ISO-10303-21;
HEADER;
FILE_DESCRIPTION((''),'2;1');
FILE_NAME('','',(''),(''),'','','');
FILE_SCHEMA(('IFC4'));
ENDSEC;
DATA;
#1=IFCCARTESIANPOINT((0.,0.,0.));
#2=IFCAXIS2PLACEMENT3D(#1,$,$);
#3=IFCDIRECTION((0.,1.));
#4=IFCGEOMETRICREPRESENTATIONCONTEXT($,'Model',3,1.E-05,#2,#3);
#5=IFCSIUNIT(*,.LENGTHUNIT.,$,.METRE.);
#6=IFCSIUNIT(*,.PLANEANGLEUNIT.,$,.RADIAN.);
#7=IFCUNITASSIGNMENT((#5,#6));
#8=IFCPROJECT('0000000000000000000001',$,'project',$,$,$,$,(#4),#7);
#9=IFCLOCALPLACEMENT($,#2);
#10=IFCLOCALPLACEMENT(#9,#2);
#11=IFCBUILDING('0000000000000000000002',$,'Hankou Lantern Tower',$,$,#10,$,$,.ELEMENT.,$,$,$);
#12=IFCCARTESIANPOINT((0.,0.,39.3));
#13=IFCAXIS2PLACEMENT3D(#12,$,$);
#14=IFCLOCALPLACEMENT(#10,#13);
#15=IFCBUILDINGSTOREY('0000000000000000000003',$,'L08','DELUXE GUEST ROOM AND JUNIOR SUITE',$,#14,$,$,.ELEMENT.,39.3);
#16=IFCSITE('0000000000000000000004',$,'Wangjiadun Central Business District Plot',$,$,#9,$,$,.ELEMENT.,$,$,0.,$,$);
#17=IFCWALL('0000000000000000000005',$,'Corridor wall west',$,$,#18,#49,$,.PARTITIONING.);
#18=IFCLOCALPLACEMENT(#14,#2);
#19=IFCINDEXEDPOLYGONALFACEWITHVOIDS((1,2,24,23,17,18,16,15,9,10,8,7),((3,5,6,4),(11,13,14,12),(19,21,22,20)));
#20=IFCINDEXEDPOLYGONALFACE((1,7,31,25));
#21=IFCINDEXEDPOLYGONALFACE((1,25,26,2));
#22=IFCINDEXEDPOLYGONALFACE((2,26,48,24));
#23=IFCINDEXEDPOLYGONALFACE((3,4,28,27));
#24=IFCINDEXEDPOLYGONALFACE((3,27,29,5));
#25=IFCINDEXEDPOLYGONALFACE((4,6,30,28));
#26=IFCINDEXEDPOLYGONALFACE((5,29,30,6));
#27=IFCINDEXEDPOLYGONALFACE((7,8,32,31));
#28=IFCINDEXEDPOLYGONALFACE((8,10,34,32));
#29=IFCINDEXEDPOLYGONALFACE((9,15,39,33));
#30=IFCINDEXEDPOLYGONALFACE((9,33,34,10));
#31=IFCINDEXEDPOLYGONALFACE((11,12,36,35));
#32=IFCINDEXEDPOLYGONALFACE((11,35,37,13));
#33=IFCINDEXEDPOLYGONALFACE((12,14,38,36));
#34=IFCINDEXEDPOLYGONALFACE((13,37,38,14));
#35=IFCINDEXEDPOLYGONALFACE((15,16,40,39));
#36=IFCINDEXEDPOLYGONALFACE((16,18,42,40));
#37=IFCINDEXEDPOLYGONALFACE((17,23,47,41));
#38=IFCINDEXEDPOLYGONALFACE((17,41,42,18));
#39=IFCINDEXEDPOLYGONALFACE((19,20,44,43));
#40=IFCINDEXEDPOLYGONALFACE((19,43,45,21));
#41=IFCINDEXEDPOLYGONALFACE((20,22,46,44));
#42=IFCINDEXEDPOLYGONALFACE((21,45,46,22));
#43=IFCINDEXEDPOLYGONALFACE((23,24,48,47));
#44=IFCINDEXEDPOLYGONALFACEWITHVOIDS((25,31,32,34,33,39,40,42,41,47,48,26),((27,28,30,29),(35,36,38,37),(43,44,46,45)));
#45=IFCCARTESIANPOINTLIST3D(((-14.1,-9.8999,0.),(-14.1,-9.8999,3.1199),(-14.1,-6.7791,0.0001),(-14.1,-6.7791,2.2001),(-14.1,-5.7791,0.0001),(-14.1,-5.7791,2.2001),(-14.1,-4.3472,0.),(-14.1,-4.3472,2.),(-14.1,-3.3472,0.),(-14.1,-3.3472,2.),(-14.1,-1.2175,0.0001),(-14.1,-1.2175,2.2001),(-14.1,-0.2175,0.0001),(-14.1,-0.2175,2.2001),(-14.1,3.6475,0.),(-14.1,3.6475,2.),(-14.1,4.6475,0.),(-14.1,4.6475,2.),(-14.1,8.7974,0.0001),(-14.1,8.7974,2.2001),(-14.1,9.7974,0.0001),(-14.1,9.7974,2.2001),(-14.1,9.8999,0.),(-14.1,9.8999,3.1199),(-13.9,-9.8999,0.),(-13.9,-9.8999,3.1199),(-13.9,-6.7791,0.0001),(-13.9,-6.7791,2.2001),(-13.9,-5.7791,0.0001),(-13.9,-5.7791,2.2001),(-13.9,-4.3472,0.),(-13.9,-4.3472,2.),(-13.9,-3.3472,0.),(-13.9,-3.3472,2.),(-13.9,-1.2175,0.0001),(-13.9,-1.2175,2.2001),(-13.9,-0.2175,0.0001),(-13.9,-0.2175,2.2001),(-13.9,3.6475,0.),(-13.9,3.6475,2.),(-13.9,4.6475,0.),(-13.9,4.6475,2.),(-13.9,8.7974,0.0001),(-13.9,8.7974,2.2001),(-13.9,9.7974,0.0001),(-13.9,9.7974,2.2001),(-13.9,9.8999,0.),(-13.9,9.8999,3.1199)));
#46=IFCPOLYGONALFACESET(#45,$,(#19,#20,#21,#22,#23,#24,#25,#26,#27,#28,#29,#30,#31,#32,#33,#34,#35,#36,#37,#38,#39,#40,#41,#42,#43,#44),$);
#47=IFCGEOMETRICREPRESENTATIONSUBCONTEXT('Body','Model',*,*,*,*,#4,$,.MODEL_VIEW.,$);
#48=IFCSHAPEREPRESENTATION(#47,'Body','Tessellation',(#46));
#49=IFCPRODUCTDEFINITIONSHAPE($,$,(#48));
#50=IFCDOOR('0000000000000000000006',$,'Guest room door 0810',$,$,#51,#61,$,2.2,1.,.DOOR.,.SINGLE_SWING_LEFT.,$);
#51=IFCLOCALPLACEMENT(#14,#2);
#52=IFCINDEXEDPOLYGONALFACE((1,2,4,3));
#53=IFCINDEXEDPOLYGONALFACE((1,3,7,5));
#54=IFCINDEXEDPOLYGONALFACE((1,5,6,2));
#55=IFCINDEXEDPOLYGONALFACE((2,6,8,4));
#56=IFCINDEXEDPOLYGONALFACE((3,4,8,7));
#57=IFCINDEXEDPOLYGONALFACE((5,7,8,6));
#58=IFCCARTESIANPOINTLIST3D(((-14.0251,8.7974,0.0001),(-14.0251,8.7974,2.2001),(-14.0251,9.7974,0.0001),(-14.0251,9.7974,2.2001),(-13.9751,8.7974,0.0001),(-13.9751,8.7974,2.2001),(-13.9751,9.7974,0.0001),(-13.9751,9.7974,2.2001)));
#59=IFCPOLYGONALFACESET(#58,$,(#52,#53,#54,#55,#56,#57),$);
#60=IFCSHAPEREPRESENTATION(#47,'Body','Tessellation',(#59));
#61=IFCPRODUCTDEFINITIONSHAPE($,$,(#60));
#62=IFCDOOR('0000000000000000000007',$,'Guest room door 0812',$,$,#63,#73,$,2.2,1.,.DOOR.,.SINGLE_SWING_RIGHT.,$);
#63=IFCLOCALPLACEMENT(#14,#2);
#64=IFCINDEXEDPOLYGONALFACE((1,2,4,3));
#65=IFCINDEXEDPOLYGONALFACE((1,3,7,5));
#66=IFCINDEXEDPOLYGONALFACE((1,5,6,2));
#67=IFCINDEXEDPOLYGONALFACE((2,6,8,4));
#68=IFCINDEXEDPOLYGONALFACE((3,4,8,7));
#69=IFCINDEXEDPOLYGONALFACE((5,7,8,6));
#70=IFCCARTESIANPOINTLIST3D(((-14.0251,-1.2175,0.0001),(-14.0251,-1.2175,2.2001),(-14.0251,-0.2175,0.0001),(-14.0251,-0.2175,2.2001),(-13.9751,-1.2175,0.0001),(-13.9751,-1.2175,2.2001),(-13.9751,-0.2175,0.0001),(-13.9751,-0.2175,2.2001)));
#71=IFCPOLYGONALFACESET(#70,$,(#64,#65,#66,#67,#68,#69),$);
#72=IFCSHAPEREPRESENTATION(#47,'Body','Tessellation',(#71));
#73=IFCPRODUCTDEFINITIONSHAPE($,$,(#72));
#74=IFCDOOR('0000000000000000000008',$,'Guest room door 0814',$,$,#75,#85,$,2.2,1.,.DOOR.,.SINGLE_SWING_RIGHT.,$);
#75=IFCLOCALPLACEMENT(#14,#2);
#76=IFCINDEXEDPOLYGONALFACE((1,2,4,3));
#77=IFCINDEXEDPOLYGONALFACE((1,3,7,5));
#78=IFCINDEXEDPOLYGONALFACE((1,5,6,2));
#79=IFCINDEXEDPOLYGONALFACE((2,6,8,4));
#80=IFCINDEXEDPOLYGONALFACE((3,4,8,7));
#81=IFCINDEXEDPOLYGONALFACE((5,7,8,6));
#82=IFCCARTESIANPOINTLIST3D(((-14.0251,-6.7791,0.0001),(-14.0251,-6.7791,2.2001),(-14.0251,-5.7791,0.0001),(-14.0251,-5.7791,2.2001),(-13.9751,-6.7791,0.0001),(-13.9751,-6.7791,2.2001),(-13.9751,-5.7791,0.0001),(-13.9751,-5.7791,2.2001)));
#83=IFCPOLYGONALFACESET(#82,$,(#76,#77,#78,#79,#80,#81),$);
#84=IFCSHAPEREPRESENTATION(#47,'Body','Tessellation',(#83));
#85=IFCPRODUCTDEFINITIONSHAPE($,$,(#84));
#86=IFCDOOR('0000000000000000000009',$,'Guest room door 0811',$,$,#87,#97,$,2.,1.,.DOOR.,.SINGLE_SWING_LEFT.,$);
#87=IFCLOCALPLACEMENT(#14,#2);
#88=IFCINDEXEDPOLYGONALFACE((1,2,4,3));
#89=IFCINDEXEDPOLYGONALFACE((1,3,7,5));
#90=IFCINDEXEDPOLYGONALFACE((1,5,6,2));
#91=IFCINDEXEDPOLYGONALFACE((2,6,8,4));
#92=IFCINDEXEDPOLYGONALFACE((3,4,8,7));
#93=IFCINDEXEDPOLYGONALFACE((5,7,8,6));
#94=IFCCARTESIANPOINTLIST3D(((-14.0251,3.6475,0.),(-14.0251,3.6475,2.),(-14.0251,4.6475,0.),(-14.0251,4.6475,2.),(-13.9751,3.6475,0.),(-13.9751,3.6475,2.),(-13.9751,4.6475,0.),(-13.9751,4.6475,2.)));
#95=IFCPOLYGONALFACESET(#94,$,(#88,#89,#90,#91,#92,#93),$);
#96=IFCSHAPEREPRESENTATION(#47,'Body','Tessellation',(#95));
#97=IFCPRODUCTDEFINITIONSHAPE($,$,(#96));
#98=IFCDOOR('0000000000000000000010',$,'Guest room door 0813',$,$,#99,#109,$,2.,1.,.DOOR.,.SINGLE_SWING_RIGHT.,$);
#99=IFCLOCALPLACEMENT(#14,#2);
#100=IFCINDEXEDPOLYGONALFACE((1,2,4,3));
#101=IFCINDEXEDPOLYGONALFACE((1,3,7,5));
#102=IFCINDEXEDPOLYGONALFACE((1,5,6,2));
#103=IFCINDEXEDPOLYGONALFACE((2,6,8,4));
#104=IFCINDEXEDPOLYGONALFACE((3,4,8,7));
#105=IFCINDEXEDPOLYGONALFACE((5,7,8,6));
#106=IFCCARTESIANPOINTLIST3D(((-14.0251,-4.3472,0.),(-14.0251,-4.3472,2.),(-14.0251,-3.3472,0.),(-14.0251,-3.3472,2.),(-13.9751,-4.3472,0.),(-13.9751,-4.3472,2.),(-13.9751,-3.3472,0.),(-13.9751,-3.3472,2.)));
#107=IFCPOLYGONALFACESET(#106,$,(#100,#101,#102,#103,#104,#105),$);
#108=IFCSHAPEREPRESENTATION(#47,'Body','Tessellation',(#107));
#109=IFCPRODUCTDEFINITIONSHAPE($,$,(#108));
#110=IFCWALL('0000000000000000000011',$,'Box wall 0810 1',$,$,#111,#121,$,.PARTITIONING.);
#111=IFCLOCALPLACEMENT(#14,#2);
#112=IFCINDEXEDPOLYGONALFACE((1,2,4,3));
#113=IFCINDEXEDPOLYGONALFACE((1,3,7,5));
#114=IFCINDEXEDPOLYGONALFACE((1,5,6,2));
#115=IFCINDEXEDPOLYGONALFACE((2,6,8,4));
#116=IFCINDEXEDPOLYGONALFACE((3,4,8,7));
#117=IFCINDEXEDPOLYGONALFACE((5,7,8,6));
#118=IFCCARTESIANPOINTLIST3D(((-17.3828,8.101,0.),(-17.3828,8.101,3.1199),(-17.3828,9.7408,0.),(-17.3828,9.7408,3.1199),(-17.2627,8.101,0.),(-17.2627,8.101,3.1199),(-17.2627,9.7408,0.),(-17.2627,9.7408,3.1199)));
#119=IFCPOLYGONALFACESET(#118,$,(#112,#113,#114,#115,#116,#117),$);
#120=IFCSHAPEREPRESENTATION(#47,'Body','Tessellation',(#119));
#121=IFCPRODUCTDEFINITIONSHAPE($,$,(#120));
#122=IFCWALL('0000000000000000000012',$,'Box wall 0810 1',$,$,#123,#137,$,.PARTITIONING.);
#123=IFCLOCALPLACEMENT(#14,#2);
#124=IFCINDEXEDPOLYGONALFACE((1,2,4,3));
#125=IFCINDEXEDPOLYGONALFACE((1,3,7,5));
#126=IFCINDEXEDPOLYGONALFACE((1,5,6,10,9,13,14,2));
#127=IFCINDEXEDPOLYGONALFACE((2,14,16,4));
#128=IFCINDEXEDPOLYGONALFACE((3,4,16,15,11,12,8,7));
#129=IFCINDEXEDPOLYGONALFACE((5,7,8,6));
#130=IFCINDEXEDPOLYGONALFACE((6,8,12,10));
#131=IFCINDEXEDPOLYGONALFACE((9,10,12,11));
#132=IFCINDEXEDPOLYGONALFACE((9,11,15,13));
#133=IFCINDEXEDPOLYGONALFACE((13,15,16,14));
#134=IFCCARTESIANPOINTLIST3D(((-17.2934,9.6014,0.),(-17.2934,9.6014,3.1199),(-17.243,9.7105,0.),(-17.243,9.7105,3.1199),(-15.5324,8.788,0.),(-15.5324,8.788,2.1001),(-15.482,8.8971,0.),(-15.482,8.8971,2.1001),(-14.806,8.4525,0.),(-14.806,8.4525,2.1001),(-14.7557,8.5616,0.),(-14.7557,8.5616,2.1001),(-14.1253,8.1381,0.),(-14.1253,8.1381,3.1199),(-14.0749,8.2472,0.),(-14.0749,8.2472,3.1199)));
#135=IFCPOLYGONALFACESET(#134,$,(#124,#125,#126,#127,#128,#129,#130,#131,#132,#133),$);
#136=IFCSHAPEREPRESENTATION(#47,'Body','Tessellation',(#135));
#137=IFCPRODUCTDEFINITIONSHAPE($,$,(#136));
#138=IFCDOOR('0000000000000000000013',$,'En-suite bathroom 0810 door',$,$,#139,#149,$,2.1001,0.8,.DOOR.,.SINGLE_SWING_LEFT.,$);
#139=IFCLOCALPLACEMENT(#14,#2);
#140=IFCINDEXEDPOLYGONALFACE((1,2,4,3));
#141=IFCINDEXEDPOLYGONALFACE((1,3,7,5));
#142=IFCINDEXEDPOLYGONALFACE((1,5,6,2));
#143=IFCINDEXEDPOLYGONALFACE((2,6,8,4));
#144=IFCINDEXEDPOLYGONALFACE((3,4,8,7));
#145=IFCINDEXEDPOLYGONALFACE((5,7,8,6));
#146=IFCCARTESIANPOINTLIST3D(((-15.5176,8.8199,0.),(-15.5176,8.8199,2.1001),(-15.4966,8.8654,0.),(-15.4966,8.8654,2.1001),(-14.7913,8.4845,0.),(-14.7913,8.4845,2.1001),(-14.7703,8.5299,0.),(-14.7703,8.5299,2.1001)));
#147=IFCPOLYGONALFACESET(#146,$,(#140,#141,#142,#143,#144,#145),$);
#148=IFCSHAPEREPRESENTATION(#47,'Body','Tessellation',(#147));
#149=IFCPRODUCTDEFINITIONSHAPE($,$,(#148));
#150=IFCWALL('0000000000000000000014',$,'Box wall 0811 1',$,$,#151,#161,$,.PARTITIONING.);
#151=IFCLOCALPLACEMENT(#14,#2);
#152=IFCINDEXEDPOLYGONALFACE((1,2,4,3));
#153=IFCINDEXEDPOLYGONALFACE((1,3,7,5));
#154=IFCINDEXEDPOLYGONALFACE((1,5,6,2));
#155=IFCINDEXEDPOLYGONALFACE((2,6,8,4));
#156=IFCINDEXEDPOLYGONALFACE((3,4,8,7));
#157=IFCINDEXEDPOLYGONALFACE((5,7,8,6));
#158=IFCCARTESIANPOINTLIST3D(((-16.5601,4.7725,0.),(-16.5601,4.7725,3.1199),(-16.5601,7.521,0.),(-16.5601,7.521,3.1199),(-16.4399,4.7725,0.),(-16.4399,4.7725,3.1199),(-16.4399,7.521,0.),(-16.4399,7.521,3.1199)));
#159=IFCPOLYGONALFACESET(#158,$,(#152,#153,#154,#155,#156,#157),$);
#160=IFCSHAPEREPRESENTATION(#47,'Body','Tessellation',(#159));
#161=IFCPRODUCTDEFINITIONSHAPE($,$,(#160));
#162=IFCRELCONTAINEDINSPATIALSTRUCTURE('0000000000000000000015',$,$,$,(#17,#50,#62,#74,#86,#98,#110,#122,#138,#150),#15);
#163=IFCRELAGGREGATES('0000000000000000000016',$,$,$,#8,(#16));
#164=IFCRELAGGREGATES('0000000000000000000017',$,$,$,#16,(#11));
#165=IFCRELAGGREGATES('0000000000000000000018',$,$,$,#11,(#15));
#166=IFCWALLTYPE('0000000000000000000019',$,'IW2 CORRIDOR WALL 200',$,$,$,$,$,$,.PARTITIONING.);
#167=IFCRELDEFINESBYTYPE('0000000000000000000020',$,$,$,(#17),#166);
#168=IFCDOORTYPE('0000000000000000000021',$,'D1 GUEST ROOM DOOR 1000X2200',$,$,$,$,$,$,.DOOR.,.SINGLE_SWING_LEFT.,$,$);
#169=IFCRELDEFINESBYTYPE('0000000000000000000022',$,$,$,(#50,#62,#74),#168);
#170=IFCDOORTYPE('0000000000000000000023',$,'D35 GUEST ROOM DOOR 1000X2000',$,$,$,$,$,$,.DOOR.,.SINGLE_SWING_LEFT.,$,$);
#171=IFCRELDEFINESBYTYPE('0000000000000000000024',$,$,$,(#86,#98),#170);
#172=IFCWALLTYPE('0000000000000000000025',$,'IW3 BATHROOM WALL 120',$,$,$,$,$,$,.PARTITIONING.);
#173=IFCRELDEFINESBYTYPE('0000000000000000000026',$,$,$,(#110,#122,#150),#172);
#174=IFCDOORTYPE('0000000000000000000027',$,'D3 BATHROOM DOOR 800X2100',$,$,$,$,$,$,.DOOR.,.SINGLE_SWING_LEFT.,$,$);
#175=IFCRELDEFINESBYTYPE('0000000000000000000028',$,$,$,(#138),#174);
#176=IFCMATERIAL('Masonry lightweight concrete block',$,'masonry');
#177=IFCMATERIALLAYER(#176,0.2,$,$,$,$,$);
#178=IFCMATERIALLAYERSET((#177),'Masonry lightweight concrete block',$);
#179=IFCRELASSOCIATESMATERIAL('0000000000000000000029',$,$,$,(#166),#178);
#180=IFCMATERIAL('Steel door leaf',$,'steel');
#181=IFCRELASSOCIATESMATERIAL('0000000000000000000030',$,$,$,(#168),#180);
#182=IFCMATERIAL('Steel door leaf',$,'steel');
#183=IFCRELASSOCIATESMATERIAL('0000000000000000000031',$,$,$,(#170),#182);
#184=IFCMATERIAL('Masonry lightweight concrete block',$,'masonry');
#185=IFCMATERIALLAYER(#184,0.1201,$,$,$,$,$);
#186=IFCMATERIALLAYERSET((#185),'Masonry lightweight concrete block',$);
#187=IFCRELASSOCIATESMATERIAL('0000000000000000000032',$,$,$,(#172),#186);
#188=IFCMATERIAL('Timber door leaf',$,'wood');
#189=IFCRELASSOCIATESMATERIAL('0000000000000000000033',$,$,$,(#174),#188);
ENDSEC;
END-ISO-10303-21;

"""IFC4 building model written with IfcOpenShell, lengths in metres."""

from ifc_helpers import new_model, si_unit, direction, frame, frame_2d, origin, place, context, subcontext, project, spatial, rectangle, extrude, material, layer, layer_set, type_object, element, fill, save


model = new_model("IFC4")

# Units and contexts
model_context = context("Model", 3, precision=1e-05, world=origin(), true_north=direction((0.0, 1.0)))
body_context = subcontext(model_context, "Body", "Model", "MODEL_VIEW")
ifc_project = project(units=[si_unit("LENGTHUNIT", "METRE"), si_unit("PLANEANGLEUNIT", "RADIAN")], contexts=[model_context])

# Site, building, storey
site_placement = place(None, origin())
site = spatial("IfcSite", under=ifc_project, at=site_placement, Name="Wangjiadun Central Business District Plot", CompositionType="ELEMENT", RefElevation=0.0)
building_placement = place(site_placement, origin())
building = spatial("IfcBuilding", under=site, at=building_placement, Name="Hankou Lantern Tower", CompositionType="ELEMENT")
storey_placement = place(building_placement, frame((0.0, 0.0, 39.3)))
storey = spatial("IfcBuildingStorey", under=building, at=storey_placement, Name="L08", Description="DELUXE GUEST ROOM AND JUNIOR SUITE", CompositionType="ELEMENT", Elevation=39.3)

# Wall, openings, doors
ifc_material_1 = material(Name="Masonry lightweight concrete block", Category="masonry")
ifc_layer_1 = layer(ifc_material_1, 0.2)
ifc_layer_set_1 = layer_set([ifc_layer_1], Name="Masonry lightweight concrete block")
wall_type_1 = type_object("IfcWallType", Name="IW2 CORRIDOR WALL 200", PredefinedType="PARTITIONING", material=ifc_layer_set_1)
ifc_material_2 = material(Name="Steel door leaf", Category="steel")
door_type_1 = type_object("IfcDoorType", Name="D1 GUEST ROOM DOOR 1000X2200", OperationType="SINGLE_SWING_LEFT", PredefinedType="DOOR", material=ifc_material_2)
wall_1_placement = place(storey_placement, frame((-14.0, 9.8999, 0.0), z_axis=(0.0, 0.0, 1.0), x_axis=(0.0, -1.0, 0.0)))
wall_1 = element("IfcWall", 1, at=wall_1_placement, inside=storey, type_object=wall_type_1, Name="Corridor wall west", PredefinedType="PARTITIONING", context=body_context, shape_type="SweptSolid", body=[
    extrude(rectangle(XDim=19.7998, YDim=0.2, at=frame_2d((9.8999, 0.0))), origin(), (0.0, 0.0, 1.0), 3.1199),
])
opening_1_placement = place(wall_1_placement, frame((0.1025, 0.0, 0.0)))
opening_1 = element("IfcOpeningElement", 2, at=opening_1_placement, cuts=wall_1, PredefinedType="OPENING", context=body_context, shape_type="SweptSolid", body=[
    extrude(rectangle(XDim=1.0, YDim=2.2, at=frame_2d((0.5, 1.1001))), frame((0.0, 0.1099, 0.0), z_axis=(0.0, -1.0, 0.0), x_axis=(1.0, 0.0, 0.0)), (0.0, 0.0, 1.0), 0.22),
])
opening_2_placement = place(wall_1_placement, frame((5.2524, 0.0, 0.0)))
opening_2 = element("IfcOpeningElement", 3, at=opening_2_placement, cuts=wall_1, PredefinedType="OPENING", context=body_context, shape_type="SweptSolid", body=[
    extrude(rectangle(XDim=1.0, YDim=2.0, at=frame_2d((0.5, 1.0))), frame((0.0, 0.1099, 0.0), z_axis=(0.0, -1.0, 0.0), x_axis=(1.0, 0.0, 0.0)), (0.0, 0.0, 1.0), 0.22),
])
opening_3_placement = place(wall_1_placement, frame((10.1174, 0.0, 0.0)))
opening_3 = element("IfcOpeningElement", 4, at=opening_3_placement, cuts=wall_1, PredefinedType="OPENING", context=body_context, shape_type="SweptSolid", body=[
    extrude(rectangle(XDim=1.0, YDim=2.2, at=frame_2d((0.5, 1.1001))), frame((0.0, 0.1099, 0.0), z_axis=(0.0, -1.0, 0.0), x_axis=(1.0, 0.0, 0.0)), (0.0, 0.0, 1.0), 0.22),
])
opening_4_placement = place(wall_1_placement, frame((13.2471, 0.0, 0.0)))
opening_4 = element("IfcOpeningElement", 5, at=opening_4_placement, cuts=wall_1, PredefinedType="OPENING", context=body_context, shape_type="SweptSolid", body=[
    extrude(rectangle(XDim=1.0, YDim=2.0, at=frame_2d((0.5, 1.0))), frame((0.0, 0.1099, 0.0), z_axis=(0.0, -1.0, 0.0), x_axis=(1.0, 0.0, 0.0)), (0.0, 0.0, 1.0), 0.22),
])
opening_5_placement = place(wall_1_placement, frame((15.679, 0.0, 0.0)))
opening_5 = element("IfcOpeningElement", 6, at=opening_5_placement, cuts=wall_1, PredefinedType="OPENING", context=body_context, shape_type="SweptSolid", body=[
    extrude(rectangle(XDim=1.0, YDim=2.2, at=frame_2d((0.5, 1.1001))), frame((0.0, 0.1099, 0.0), z_axis=(0.0, -1.0, 0.0), x_axis=(1.0, 0.0, 0.0)), (0.0, 0.0, 1.0), 0.22),
])
door_1_placement = place(opening_1_placement, origin())
door_1 = element("IfcDoor", 7, at=door_1_placement, inside=storey, type_object=door_type_1, Name="Guest room door 0810", OperationType="SINGLE_SWING_LEFT", OverallHeight=2.2, OverallWidth=1.0, PredefinedType="DOOR", context=body_context, shape_type="SweptSolid", body=[
    extrude(rectangle(XDim=1.0, YDim=2.2, at=frame_2d((0.5, 1.1001))), frame((0.0, 0.0249, 0.0), z_axis=(0.0, -1.0, 0.0), x_axis=(1.0, 0.0, 0.0)), (0.0, 0.0, 1.0), 0.05),
])
fill(opening_1, door_1)
door_2_placement = place(opening_3_placement, origin())
door_2 = element("IfcDoor", 8, at=door_2_placement, inside=storey, type_object=door_type_1, Name="Guest room door 0812", OperationType="SINGLE_SWING_RIGHT", OverallHeight=2.2, OverallWidth=1.0, PredefinedType="DOOR", context=body_context, shape_type="SweptSolid", body=[
    extrude(rectangle(XDim=1.0, YDim=2.2, at=frame_2d((0.5, 1.1001))), frame((0.0, 0.0249, 0.0), z_axis=(0.0, -1.0, 0.0), x_axis=(1.0, 0.0, 0.0)), (0.0, 0.0, 1.0), 0.05),
])
fill(opening_3, door_2)
door_3_placement = place(opening_5_placement, origin())
door_3 = element("IfcDoor", 9, at=door_3_placement, inside=storey, type_object=door_type_1, Name="Guest room door 0814", OperationType="SINGLE_SWING_RIGHT", OverallHeight=2.2, OverallWidth=1.0, PredefinedType="DOOR", context=body_context, shape_type="SweptSolid", body=[
    extrude(rectangle(XDim=1.0, YDim=2.2, at=frame_2d((0.5, 1.1001))), frame((0.0, 0.0249, 0.0), z_axis=(0.0, -1.0, 0.0), x_axis=(1.0, 0.0, 0.0)), (0.0, 0.0, 1.0), 0.05),
])
fill(opening_5, door_3)
ifc_material_3 = material(Name="Steel door leaf", Category="steel")
door_type_2 = type_object("IfcDoorType", Name="D35 GUEST ROOM DOOR 1000X2000", OperationType="SINGLE_SWING_LEFT", PredefinedType="DOOR", material=ifc_material_3)
door_4_placement = place(opening_2_placement, origin())
door_4 = element("IfcDoor", 10, at=door_4_placement, inside=storey, type_object=door_type_2, Name="Guest room door 0811", OperationType="SINGLE_SWING_LEFT", OverallHeight=2.0, OverallWidth=1.0, PredefinedType="DOOR", context=body_context, shape_type="SweptSolid", body=[
    extrude(rectangle(XDim=1.0, YDim=2.0, at=frame_2d((0.5, 1.0))), frame((0.0, 0.0249, 0.0), z_axis=(0.0, -1.0, 0.0), x_axis=(1.0, 0.0, 0.0)), (0.0, 0.0, 1.0), 0.05),
])
fill(opening_2, door_4)
door_5_placement = place(opening_4_placement, origin())
door_5 = element("IfcDoor", 11, at=door_5_placement, inside=storey, type_object=door_type_2, Name="Guest room door 0813", OperationType="SINGLE_SWING_RIGHT", OverallHeight=2.0, OverallWidth=1.0, PredefinedType="DOOR", context=body_context, shape_type="SweptSolid", body=[
    extrude(rectangle(XDim=1.0, YDim=2.0, at=frame_2d((0.5, 1.0))), frame((0.0, 0.0249, 0.0), z_axis=(0.0, -1.0, 0.0), x_axis=(1.0, 0.0, 0.0)), (0.0, 0.0, 1.0), 0.05),
])
fill(opening_4, door_5)

# Wall
ifc_material_4 = material(Name="Masonry lightweight concrete block", Category="masonry")
ifc_layer_2 = layer(ifc_material_4, 0.1201)
ifc_layer_set_2 = layer_set([ifc_layer_2], Name="Masonry lightweight concrete block")
wall_type_2 = type_object("IfcWallType", Name="IW3 BATHROOM WALL 120", PredefinedType="PARTITIONING", material=ifc_layer_set_2)
wall_2_placement = place(storey_placement, frame((-17.3228, 8.1011, 0.0), z_axis=(0.0, 0.0, 1.0), x_axis=(0.0, 1.0, 0.0)))
element("IfcWall", 12, at=wall_2_placement, inside=storey, type_object=wall_type_2, Name="Box wall 0810 1", PredefinedType="PARTITIONING", context=body_context, shape_type="SweptSolid", body=[
    extrude(rectangle(XDim=1.6399, YDim=0.1201, at=frame_2d((0.8198, 0.0))), origin(), (0.0, 0.0, 1.0), 3.1199),
])

# Wall, opening, door
wall_3_placement = place(storey_placement, frame((-14.1001, 8.1926, 0.0), z_axis=(0.0, 0.0, 1.0), x_axis=(-0.907836, 0.419324, 0.0)))
wall_3 = element("IfcWall", 13, at=wall_3_placement, inside=storey, type_object=wall_type_2, Name="Box wall 0810 1", PredefinedType="PARTITIONING", context=body_context, shape_type="SweptSolid", body=[
    extrude(rectangle(XDim=3.4897, YDim=0.1201, at=frame_2d((1.7449, 0.0))), origin(), (0.0, 0.0, 1.0), 3.1199),
])
opening_6_placement = place(wall_3_placement, frame((0.75, 0.0, 0.0)))
opening_6 = element("IfcOpeningElement", 14, at=opening_6_placement, cuts=wall_3, PredefinedType="OPENING", context=body_context, shape_type="SweptSolid", body=[
    extrude(rectangle(XDim=0.8, YDim=2.1001, at=frame_2d((0.3999, 1.05))), frame((0.0, 0.0701, 0.0), z_axis=(0.0, -1.0, 0.0), x_axis=(1.0, 0.0, 0.0)), (0.0, 0.0, 1.0), 0.1401),
])
ifc_material_5 = material(Name="Timber door leaf", Category="wood")
door_type_3 = type_object("IfcDoorType", Name="D3 BATHROOM DOOR 800X2100", OperationType="SINGLE_SWING_LEFT", PredefinedType="DOOR", material=ifc_material_5)
door_6_placement = place(opening_6_placement, origin())
door_6 = element("IfcDoor", 15, at=door_6_placement, inside=storey, type_object=door_type_3, Name="En-suite bathroom 0810 door", OperationType="SINGLE_SWING_LEFT", OverallHeight=2.1001, OverallWidth=0.8, PredefinedType="DOOR", context=body_context, shape_type="SweptSolid", body=[
    extrude(rectangle(XDim=0.8, YDim=2.1001, at=frame_2d((0.3999, 1.05))), frame((0.0, 0.0249, 0.0), z_axis=(0.0, -1.0, 0.0), x_axis=(1.0, 0.0, 0.0)), (0.0, 0.0, 1.0), 0.05),
])
fill(opening_6, door_6)

# Wall
wall_4_placement = place(storey_placement, frame((-16.5, 7.521, 0.0), z_axis=(0.0, 0.0, 1.0), x_axis=(0.0, -1.0, 0.0)))
element("IfcWall", 16, at=wall_4_placement, inside=storey, type_object=wall_type_2, Name="Box wall 0811 1", PredefinedType="PARTITIONING", context=body_context, shape_type="SweptSolid", body=[
    extrude(rectangle(XDim=2.7485, YDim=0.1201, at=frame_2d((1.3743, 0.0))), origin(), (0.0, 0.0, 1.0), 3.1199),
])

save(model, "model.ifc")
